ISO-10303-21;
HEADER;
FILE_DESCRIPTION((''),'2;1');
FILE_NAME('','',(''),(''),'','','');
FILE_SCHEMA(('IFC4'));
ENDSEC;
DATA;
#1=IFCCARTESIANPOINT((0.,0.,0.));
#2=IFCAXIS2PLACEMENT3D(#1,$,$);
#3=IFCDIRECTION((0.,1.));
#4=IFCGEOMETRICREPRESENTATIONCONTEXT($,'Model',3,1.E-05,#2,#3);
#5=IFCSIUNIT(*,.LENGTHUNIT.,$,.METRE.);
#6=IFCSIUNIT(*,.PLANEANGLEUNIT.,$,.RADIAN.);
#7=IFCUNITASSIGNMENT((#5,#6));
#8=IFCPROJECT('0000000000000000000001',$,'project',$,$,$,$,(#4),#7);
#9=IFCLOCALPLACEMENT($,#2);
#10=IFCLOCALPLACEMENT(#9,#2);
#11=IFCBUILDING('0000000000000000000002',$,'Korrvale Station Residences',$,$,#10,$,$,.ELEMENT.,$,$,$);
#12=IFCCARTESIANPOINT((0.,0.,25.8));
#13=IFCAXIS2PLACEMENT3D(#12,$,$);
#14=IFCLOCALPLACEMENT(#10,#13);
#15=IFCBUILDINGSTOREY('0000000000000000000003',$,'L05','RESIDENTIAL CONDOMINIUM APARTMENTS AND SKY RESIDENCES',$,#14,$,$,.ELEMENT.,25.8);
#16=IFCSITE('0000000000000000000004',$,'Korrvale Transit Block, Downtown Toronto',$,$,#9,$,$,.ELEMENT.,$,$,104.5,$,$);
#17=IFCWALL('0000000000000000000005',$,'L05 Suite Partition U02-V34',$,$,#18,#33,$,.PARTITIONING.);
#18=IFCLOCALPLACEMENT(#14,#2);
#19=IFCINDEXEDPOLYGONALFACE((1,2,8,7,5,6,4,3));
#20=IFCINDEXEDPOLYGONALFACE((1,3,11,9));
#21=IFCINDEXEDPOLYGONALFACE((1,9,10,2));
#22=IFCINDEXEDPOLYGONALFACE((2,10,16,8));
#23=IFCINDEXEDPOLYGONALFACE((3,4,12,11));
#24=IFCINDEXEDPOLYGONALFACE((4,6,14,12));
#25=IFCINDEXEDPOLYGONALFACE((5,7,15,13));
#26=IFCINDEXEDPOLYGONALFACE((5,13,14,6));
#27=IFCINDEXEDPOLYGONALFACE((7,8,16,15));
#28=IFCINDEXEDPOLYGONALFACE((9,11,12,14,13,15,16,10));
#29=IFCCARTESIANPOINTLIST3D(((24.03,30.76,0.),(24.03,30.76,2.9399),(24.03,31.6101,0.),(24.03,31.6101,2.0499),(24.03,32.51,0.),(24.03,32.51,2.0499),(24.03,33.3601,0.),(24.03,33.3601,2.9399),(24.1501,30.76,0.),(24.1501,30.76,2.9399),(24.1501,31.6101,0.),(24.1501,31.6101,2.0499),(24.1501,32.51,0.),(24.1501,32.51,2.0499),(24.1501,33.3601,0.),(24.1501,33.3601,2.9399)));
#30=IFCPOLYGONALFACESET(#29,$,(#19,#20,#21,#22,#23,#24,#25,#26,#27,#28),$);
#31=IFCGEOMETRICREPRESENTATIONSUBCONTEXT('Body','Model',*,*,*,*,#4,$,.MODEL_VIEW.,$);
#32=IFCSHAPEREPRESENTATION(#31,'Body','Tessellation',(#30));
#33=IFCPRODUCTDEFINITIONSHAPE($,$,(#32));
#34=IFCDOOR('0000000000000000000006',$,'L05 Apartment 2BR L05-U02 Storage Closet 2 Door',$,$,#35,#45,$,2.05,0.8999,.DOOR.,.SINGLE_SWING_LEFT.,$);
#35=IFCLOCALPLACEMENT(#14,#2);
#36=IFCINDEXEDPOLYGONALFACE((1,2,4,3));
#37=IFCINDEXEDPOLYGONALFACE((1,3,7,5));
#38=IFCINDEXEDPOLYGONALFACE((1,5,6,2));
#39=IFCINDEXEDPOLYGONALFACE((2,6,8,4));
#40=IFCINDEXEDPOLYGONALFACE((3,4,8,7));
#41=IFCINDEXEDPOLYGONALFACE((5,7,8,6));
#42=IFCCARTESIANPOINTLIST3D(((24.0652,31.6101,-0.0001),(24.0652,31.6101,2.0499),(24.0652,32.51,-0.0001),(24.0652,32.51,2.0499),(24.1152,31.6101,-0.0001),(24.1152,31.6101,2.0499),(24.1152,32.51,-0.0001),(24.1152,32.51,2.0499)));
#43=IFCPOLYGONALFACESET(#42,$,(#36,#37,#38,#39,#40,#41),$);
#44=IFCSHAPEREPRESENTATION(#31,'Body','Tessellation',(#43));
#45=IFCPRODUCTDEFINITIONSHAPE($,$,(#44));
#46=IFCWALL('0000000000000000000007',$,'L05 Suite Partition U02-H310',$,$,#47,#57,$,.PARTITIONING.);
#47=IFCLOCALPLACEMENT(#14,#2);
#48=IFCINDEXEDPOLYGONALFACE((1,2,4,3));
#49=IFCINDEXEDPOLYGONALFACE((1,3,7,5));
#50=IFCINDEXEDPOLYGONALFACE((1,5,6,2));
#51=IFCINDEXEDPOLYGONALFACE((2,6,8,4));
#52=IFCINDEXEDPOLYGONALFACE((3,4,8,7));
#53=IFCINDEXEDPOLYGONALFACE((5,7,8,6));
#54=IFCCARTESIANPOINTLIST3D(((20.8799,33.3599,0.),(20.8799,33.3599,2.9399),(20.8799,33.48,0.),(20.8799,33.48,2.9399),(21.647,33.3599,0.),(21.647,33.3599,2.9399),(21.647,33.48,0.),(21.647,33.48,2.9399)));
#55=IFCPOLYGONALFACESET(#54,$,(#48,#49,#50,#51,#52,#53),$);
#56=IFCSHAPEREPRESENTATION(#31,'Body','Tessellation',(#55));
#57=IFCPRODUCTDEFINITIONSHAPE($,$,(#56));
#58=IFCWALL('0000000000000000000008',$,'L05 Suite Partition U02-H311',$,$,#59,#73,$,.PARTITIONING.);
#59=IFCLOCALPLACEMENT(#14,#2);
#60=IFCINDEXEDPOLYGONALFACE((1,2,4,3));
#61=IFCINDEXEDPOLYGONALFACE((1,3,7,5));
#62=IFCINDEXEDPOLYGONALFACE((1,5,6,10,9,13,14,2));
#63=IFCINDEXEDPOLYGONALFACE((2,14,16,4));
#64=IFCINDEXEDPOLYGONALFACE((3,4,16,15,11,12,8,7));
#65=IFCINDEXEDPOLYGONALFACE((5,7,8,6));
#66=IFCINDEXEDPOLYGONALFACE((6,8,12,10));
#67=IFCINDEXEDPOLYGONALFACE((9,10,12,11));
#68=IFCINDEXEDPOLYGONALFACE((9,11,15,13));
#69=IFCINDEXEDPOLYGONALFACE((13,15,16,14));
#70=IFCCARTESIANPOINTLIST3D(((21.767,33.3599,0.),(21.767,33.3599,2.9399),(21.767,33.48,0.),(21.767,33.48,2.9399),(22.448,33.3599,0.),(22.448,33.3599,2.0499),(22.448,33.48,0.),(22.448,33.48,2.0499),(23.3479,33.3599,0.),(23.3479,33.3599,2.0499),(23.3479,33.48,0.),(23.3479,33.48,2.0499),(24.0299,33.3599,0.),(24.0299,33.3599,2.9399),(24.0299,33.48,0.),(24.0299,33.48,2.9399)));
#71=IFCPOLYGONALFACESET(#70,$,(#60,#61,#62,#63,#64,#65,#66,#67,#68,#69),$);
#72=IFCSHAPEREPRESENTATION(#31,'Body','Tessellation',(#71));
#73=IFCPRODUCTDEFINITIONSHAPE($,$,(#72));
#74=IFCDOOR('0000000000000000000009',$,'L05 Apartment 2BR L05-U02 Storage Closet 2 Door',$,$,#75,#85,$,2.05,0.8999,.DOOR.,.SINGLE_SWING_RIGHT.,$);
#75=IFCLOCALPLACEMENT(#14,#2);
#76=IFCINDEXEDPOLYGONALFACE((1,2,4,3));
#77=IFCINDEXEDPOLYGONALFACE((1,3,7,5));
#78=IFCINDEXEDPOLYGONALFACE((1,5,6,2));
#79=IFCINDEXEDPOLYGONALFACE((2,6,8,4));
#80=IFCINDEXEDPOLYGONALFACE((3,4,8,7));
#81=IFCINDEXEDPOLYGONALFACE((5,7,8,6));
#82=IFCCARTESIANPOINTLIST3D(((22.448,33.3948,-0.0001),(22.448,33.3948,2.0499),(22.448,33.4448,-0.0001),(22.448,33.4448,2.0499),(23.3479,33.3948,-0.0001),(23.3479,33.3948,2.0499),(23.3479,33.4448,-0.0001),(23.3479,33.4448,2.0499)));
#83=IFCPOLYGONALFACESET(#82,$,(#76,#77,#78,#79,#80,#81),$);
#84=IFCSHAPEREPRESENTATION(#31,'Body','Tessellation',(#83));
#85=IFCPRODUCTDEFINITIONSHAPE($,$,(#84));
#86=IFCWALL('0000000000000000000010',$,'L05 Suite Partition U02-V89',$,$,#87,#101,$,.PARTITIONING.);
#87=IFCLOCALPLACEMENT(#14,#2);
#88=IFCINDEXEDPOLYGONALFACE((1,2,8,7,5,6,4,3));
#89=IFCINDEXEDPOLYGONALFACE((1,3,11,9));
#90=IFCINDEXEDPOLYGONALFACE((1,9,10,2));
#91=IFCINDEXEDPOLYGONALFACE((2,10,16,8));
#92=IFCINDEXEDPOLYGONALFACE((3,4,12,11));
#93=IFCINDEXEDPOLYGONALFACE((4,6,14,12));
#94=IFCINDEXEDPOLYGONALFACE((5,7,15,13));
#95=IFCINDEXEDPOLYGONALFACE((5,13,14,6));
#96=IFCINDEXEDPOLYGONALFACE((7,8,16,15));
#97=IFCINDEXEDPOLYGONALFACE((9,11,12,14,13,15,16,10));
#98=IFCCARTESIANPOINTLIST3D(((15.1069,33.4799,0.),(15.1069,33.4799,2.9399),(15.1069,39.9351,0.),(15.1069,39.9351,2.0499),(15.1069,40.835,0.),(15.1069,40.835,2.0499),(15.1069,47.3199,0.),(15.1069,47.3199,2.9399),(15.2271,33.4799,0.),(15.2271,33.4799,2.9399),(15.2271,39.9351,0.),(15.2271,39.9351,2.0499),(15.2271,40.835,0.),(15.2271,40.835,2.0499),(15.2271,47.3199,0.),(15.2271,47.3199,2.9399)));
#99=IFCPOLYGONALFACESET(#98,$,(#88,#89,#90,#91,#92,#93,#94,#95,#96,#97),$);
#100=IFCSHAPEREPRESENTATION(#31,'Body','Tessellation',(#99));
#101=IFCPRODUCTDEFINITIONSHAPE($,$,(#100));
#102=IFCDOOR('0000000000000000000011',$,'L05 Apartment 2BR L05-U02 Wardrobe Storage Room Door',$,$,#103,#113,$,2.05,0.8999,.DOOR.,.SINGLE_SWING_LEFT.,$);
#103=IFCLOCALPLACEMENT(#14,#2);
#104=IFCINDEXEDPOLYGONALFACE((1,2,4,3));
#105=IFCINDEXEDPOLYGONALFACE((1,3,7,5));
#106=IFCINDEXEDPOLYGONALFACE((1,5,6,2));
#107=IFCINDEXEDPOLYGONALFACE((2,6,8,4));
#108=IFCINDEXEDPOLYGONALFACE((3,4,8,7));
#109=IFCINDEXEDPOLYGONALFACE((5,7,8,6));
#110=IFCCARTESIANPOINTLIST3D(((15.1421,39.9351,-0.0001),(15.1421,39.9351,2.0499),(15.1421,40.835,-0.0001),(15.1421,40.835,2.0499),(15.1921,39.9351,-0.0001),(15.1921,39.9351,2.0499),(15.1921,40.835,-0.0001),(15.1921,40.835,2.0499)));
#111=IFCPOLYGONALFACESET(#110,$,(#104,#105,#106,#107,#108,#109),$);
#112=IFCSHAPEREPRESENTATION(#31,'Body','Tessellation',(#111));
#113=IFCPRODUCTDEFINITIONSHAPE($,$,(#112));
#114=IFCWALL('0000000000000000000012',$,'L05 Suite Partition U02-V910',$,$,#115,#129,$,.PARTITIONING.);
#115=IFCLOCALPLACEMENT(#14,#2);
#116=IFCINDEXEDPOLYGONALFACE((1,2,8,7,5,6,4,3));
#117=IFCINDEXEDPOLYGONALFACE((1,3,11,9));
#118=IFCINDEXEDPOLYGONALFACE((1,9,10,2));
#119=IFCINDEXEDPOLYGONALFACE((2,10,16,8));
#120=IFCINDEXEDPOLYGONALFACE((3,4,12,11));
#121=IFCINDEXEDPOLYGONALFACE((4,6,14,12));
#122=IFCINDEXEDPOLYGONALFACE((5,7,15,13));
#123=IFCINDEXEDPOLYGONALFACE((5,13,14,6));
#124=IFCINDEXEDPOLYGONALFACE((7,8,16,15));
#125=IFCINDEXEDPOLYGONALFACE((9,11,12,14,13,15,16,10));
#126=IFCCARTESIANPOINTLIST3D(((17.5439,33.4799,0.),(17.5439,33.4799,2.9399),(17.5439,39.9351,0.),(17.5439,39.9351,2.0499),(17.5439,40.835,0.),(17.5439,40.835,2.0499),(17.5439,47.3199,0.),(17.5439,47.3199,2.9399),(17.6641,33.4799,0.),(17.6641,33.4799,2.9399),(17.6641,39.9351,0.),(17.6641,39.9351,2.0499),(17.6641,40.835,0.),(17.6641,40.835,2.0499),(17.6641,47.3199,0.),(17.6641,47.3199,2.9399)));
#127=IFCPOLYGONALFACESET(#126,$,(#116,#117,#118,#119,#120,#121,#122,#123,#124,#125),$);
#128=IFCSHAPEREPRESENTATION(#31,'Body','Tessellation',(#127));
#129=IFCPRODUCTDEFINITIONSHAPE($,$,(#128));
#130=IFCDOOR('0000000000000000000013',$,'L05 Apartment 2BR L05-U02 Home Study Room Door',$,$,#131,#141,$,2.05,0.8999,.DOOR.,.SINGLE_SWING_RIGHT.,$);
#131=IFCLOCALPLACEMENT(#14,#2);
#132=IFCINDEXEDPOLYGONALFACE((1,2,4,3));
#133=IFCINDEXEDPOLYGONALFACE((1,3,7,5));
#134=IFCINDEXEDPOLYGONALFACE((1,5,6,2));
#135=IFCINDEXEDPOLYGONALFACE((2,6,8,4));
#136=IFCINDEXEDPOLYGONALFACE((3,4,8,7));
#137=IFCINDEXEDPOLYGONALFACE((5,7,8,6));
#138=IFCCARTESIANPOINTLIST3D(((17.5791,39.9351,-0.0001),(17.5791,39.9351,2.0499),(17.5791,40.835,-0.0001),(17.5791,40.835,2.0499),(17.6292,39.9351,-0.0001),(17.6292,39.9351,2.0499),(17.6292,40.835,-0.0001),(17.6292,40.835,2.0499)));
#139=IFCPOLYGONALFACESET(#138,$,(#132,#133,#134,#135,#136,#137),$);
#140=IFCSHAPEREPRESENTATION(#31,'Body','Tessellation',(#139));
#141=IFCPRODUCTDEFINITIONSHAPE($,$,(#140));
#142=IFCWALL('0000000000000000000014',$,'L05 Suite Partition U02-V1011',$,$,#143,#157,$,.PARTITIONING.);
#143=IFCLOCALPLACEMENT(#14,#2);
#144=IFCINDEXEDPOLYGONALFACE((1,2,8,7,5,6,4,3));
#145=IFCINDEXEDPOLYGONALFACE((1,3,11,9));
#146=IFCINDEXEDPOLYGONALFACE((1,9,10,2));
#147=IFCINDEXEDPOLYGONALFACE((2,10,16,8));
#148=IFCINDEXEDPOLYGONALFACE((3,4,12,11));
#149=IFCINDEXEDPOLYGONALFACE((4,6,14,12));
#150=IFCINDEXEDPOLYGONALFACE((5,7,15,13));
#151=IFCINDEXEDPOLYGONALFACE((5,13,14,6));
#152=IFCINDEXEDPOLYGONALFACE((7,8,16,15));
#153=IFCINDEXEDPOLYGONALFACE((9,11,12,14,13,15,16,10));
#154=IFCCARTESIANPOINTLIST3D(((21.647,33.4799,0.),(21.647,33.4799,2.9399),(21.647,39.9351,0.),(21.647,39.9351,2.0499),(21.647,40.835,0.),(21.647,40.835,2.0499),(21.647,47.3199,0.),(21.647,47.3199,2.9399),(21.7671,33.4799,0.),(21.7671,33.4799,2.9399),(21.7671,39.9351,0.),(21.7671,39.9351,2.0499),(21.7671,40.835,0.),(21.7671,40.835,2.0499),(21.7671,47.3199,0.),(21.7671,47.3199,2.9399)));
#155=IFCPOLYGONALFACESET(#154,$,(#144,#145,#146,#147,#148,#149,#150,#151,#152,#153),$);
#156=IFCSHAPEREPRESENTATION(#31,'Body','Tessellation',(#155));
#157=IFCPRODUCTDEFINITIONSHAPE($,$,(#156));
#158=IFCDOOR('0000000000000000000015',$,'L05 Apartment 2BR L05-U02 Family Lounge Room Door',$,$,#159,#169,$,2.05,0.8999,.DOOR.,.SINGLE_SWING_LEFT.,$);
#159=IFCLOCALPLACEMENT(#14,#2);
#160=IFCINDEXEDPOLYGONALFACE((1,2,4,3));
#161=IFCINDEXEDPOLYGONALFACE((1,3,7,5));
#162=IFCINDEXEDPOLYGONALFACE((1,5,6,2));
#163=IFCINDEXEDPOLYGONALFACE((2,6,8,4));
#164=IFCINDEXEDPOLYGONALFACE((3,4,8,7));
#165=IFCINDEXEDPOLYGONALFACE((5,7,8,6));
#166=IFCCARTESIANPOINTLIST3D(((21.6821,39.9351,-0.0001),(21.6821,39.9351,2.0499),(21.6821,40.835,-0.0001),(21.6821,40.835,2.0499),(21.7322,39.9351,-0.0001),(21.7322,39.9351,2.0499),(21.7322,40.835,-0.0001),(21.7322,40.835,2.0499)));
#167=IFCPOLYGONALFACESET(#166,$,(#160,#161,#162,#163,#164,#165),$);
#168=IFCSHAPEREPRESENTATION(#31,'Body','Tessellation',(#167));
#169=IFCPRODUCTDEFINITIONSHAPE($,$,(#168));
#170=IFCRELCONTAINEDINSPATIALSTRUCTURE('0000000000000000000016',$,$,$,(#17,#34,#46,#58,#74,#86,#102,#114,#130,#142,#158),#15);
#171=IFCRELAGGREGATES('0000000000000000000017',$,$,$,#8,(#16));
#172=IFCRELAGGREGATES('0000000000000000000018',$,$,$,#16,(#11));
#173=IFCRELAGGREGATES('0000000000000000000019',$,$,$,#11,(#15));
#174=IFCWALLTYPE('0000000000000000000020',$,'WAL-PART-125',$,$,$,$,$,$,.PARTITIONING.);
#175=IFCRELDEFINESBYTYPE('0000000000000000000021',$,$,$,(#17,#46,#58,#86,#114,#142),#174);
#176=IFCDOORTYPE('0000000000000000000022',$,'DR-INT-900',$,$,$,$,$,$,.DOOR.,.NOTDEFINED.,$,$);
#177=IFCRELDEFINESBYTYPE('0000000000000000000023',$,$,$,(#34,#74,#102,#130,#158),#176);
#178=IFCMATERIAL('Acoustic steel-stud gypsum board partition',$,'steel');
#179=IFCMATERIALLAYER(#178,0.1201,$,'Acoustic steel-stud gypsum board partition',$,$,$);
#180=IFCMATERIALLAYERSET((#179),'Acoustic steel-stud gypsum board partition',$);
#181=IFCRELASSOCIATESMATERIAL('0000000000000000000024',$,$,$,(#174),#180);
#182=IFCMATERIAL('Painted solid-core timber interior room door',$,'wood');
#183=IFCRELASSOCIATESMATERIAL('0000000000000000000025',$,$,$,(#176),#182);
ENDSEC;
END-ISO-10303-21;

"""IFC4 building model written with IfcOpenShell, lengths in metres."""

from ifc_helpers import new_model, si_unit, direction, frame, frame_2d, origin, place, context, subcontext, project, spatial, rectangle, extrude, material, layer, layer_set, type_object, element, fill, save


model = new_model("IFC4")

# Units and contexts
model_context = context("Model", 3, precision=1e-05, world=origin(), true_north=direction((0.0, 1.0)))
body_context = subcontext(model_context, "Body", "Model", "MODEL_VIEW")
ifc_project = project(units=[si_unit("LENGTHUNIT", "METRE"), si_unit("PLANEANGLEUNIT", "RADIAN")], contexts=[model_context])

# Site, building, storey
site_placement = place(None, origin())
site = spatial("IfcSite", under=ifc_project, at=site_placement, Name="Korrvale Transit Block, Downtown Toronto", CompositionType="ELEMENT", RefElevation=104.5)
building_placement = place(site_placement, origin())
building = spatial("IfcBuilding", under=site, at=building_placement, Name="Korrvale Station Residences", CompositionType="ELEMENT")
storey_placement = place(building_placement, frame((0.0, 0.0, 25.8)))
storey = spatial("IfcBuildingStorey", under=building, at=storey_placement, Name="L05", Description="RESIDENTIAL CONDOMINIUM APARTMENTS AND SKY RESIDENCES", CompositionType="ELEMENT", Elevation=25.8)

# Wall, opening, door
ifc_material_1 = material(Name="Acoustic steel-stud gypsum board partition", Category="steel")
ifc_layer = layer(ifc_material_1, 0.1201, Name="Acoustic steel-stud gypsum board partition")
ifc_layer_set = layer_set([ifc_layer], Name="Acoustic steel-stud gypsum board partition")
wall_type = type_object("IfcWallType", Name="WAL-PART-125", PredefinedType="PARTITIONING", material=ifc_layer_set)
ifc_material_2 = material(Name="Painted solid-core timber interior room door", Category="wood")
door_type = type_object("IfcDoorType", Name="DR-INT-900", OperationType="NOTDEFINED", PredefinedType="DOOR", material=ifc_material_2)
wall_1_placement = place(storey_placement, frame((24.0901, 30.76, 0.0), z_axis=(0.0, 0.0, 1.0), x_axis=(0.0, 1.0, 0.0)))
wall_1 = element("IfcWall", 1, at=wall_1_placement, inside=storey, type_object=wall_type, Name="L05 Suite Partition U02-V34", PredefinedType="PARTITIONING", context=body_context, shape_type="SweptSolid", body=[
    extrude(rectangle(XDim=2.6001, YDim=0.1201, at=frame_2d((1.3, 0.0))), origin(), (0.0, 0.0, 1.0), 2.9399),
])
opening_1_placement = place(wall_1_placement, frame((0.8501, 0.0, 0.0)))
opening_1 = element("IfcOpeningElement", 2, at=opening_1_placement, cuts=wall_1, PredefinedType="OPENING", context=body_context, shape_type="SweptSolid", body=[
    extrude(rectangle(XDim=0.8999, YDim=2.05, at=frame_2d((0.45, 1.0249))), frame((0.0, 0.0701, 0.0), z_axis=(0.0, -1.0, 0.0), x_axis=(1.0, 0.0, 0.0)), (0.0, 0.0, 1.0), 0.1401),
])
door_1_placement = place(opening_1_placement, origin())
door_1 = element("IfcDoor", 3, at=door_1_placement, inside=storey, type_object=door_type, Name="L05 Apartment 2BR L05-U02 Storage Closet 2 Door", OperationType="SINGLE_SWING_LEFT", OverallHeight=2.05, OverallWidth=0.8999, PredefinedType="DOOR", context=body_context, shape_type="SweptSolid", body=[
    extrude(rectangle(XDim=0.8999, YDim=2.05, at=frame_2d((0.45, 1.0249))), frame((0.0, 0.0249, 0.0), z_axis=(0.0, -1.0, 0.0), x_axis=(1.0, 0.0, 0.0)), (0.0, 0.0, 1.0), 0.05),
])
fill(opening_1, door_1)

# Wall
wall_2_placement = place(storey_placement, frame((20.8799, 33.4199, 0.0), z_axis=(0.0, 0.0, 1.0), x_axis=(1.0, 0.0, 0.0)))
element("IfcWall", 4, at=wall_2_placement, inside=storey, type_object=wall_type, Name="L05 Suite Partition U02-H310", PredefinedType="PARTITIONING", context=body_context, shape_type="SweptSolid", body=[
    extrude(rectangle(XDim=0.7671, YDim=0.1201, at=frame_2d((0.3835, 0.0))), origin(), (0.0, 0.0, 1.0), 2.9399),
])

# Walls, openings, doors
wall_3_placement = place(storey_placement, frame((21.7671, 33.4199, 0.0), z_axis=(0.0, 0.0, 1.0), x_axis=(1.0, 0.0, 0.0)))
wall_3 = element("IfcWall", 5, at=wall_3_placement, inside=storey, type_object=wall_type, Name="L05 Suite Partition U02-H311", PredefinedType="PARTITIONING", context=body_context, shape_type="SweptSolid", body=[
    extrude(rectangle(XDim=2.2629, YDim=0.1201, at=frame_2d((1.1313, 0.0))), origin(), (0.0, 0.0, 1.0), 2.9399),
])
opening_2_placement = place(wall_3_placement, frame((0.6809, 0.0, 0.0)))
opening_2 = element("IfcOpeningElement", 6, at=opening_2_placement, cuts=wall_3, PredefinedType="OPENING", context=body_context, shape_type="SweptSolid", body=[
    extrude(rectangle(XDim=0.8999, YDim=2.05, at=frame_2d((0.45, 1.0249))), frame((0.0, 0.0701, 0.0), z_axis=(0.0, -1.0, 0.0), x_axis=(1.0, 0.0, 0.0)), (0.0, 0.0, 1.0), 0.1401),
])
door_2_placement = place(opening_2_placement, origin())
door_2 = element("IfcDoor", 7, at=door_2_placement, inside=storey, type_object=door_type, Name="L05 Apartment 2BR L05-U02 Storage Closet 2 Door", OperationType="SINGLE_SWING_RIGHT", OverallHeight=2.05, OverallWidth=0.8999, PredefinedType="DOOR", context=body_context, shape_type="SweptSolid", body=[
    extrude(rectangle(XDim=0.8999, YDim=2.05, at=frame_2d((0.45, 1.0249))), frame((0.0, 0.0249, 0.0), z_axis=(0.0, -1.0, 0.0), x_axis=(1.0, 0.0, 0.0)), (0.0, 0.0, 1.0), 0.05),
])
fill(opening_2, door_2)
wall_4_placement = place(storey_placement, frame((15.167, 33.48, 0.0), z_axis=(0.0, 0.0, 1.0), x_axis=(0.0, 1.0, 0.0)))
wall_4 = element("IfcWall", 8, at=wall_4_placement, inside=storey, type_object=wall_type, Name="L05 Suite Partition U02-V89", PredefinedType="PARTITIONING", context=body_context, shape_type="SweptSolid", body=[
    extrude(rectangle(XDim=13.8401, YDim=0.1201, at=frame_2d((6.9199, 0.0))), origin(), (0.0, 0.0, 1.0), 2.9399),
])
opening_3_placement = place(wall_4_placement, frame((6.4551, 0.0, 0.0)))
opening_3 = element("IfcOpeningElement", 9, at=opening_3_placement, cuts=wall_4, PredefinedType="OPENING", context=body_context, shape_type="SweptSolid", body=[
    extrude(rectangle(XDim=0.8999, YDim=2.05, at=frame_2d((0.45, 1.0249))), frame((0.0, 0.0701, 0.0), z_axis=(0.0, -1.0, 0.0), x_axis=(1.0, 0.0, 0.0)), (0.0, 0.0, 1.0), 0.1401),
])
door_3_placement = place(opening_3_placement, origin())
door_3 = element("IfcDoor", 10, at=door_3_placement, inside=storey, type_object=door_type, Name="L05 Apartment 2BR L05-U02 Wardrobe Storage Room Door", OperationType="SINGLE_SWING_LEFT", OverallHeight=2.05, OverallWidth=0.8999, PredefinedType="DOOR", context=body_context, shape_type="SweptSolid", body=[
    extrude(rectangle(XDim=0.8999, YDim=2.05, at=frame_2d((0.45, 1.0249))), frame((0.0, 0.0249, 0.0), z_axis=(0.0, -1.0, 0.0), x_axis=(1.0, 0.0, 0.0)), (0.0, 0.0, 1.0), 0.05),
])
fill(opening_3, door_3)
wall_5_placement = place(storey_placement, frame((17.604, 33.48, 0.0), z_axis=(0.0, 0.0, 1.0), x_axis=(0.0, 1.0, 0.0)))
wall_5 = element("IfcWall", 11, at=wall_5_placement, inside=storey, type_object=wall_type, Name="L05 Suite Partition U02-V910", PredefinedType="PARTITIONING", context=body_context, shape_type="SweptSolid", body=[
    extrude(rectangle(XDim=13.8401, YDim=0.1201, at=frame_2d((6.9199, 0.0))), origin(), (0.0, 0.0, 1.0), 2.9399),
])
opening_4_placement = place(wall_5_placement, frame((6.4551, 0.0, 0.0)))
opening_4 = element("IfcOpeningElement", 12, at=opening_4_placement, cuts=wall_5, PredefinedType="OPENING", context=body_context, shape_type="SweptSolid", body=[
    extrude(rectangle(XDim=0.8999, YDim=2.05, at=frame_2d((0.45, 1.0249))), frame((0.0, 0.0701, 0.0), z_axis=(0.0, -1.0, 0.0), x_axis=(1.0, 0.0, 0.0)), (0.0, 0.0, 1.0), 0.1401),
])
door_4_placement = place(opening_4_placement, origin())
door_4 = element("IfcDoor", 13, at=door_4_placement, inside=storey, type_object=door_type, Name="L05 Apartment 2BR L05-U02 Home Study Room Door", OperationType="SINGLE_SWING_RIGHT", OverallHeight=2.05, OverallWidth=0.8999, PredefinedType="DOOR", context=body_context, shape_type="SweptSolid", body=[
    extrude(rectangle(XDim=0.8999, YDim=2.05, at=frame_2d((0.45, 1.0249))), frame((0.0, 0.0249, 0.0), z_axis=(0.0, -1.0, 0.0), x_axis=(1.0, 0.0, 0.0)), (0.0, 0.0, 1.0), 0.05),
])
fill(opening_4, door_4)
wall_6_placement = place(storey_placement, frame((21.707, 33.48, 0.0), z_axis=(0.0, 0.0, 1.0), x_axis=(0.0, 1.0, 0.0)))
wall_6 = element("IfcWall", 14, at=wall_6_placement, inside=storey, type_object=wall_type, Name="L05 Suite Partition U02-V1011", PredefinedType="PARTITIONING", context=body_context, shape_type="SweptSolid", body=[
    extrude(rectangle(XDim=13.8401, YDim=0.1201, at=frame_2d((6.9199, 0.0))), origin(), (0.0, 0.0, 1.0), 2.9399),
])
opening_5_placement = place(wall_6_placement, frame((6.4551, 0.0, 0.0)))
opening_5 = element("IfcOpeningElement", 15, at=opening_5_placement, cuts=wall_6, PredefinedType="OPENING", context=body_context, shape_type="SweptSolid", body=[
    extrude(rectangle(XDim=0.8999, YDim=2.05, at=frame_2d((0.45, 1.0249))), frame((0.0, 0.0701, 0.0), z_axis=(0.0, -1.0, 0.0), x_axis=(1.0, 0.0, 0.0)), (0.0, 0.0, 1.0), 0.1401),
])
door_5_placement = place(opening_5_placement, origin())
door_5 = element("IfcDoor", 16, at=door_5_placement, inside=storey, type_object=door_type, Name="L05 Apartment 2BR L05-U02 Family Lounge Room Door", OperationType="SINGLE_SWING_LEFT", OverallHeight=2.05, OverallWidth=0.8999, PredefinedType="DOOR", context=body_context, shape_type="SweptSolid", body=[
    extrude(rectangle(XDim=0.8999, YDim=2.05, at=frame_2d((0.45, 1.0249))), frame((0.0, 0.0249, 0.0), z_axis=(0.0, -1.0, 0.0), x_axis=(1.0, 0.0, 0.0)), (0.0, 0.0, 1.0), 0.05),
])
fill(opening_5, door_5)

save(model, "model.ifc")
